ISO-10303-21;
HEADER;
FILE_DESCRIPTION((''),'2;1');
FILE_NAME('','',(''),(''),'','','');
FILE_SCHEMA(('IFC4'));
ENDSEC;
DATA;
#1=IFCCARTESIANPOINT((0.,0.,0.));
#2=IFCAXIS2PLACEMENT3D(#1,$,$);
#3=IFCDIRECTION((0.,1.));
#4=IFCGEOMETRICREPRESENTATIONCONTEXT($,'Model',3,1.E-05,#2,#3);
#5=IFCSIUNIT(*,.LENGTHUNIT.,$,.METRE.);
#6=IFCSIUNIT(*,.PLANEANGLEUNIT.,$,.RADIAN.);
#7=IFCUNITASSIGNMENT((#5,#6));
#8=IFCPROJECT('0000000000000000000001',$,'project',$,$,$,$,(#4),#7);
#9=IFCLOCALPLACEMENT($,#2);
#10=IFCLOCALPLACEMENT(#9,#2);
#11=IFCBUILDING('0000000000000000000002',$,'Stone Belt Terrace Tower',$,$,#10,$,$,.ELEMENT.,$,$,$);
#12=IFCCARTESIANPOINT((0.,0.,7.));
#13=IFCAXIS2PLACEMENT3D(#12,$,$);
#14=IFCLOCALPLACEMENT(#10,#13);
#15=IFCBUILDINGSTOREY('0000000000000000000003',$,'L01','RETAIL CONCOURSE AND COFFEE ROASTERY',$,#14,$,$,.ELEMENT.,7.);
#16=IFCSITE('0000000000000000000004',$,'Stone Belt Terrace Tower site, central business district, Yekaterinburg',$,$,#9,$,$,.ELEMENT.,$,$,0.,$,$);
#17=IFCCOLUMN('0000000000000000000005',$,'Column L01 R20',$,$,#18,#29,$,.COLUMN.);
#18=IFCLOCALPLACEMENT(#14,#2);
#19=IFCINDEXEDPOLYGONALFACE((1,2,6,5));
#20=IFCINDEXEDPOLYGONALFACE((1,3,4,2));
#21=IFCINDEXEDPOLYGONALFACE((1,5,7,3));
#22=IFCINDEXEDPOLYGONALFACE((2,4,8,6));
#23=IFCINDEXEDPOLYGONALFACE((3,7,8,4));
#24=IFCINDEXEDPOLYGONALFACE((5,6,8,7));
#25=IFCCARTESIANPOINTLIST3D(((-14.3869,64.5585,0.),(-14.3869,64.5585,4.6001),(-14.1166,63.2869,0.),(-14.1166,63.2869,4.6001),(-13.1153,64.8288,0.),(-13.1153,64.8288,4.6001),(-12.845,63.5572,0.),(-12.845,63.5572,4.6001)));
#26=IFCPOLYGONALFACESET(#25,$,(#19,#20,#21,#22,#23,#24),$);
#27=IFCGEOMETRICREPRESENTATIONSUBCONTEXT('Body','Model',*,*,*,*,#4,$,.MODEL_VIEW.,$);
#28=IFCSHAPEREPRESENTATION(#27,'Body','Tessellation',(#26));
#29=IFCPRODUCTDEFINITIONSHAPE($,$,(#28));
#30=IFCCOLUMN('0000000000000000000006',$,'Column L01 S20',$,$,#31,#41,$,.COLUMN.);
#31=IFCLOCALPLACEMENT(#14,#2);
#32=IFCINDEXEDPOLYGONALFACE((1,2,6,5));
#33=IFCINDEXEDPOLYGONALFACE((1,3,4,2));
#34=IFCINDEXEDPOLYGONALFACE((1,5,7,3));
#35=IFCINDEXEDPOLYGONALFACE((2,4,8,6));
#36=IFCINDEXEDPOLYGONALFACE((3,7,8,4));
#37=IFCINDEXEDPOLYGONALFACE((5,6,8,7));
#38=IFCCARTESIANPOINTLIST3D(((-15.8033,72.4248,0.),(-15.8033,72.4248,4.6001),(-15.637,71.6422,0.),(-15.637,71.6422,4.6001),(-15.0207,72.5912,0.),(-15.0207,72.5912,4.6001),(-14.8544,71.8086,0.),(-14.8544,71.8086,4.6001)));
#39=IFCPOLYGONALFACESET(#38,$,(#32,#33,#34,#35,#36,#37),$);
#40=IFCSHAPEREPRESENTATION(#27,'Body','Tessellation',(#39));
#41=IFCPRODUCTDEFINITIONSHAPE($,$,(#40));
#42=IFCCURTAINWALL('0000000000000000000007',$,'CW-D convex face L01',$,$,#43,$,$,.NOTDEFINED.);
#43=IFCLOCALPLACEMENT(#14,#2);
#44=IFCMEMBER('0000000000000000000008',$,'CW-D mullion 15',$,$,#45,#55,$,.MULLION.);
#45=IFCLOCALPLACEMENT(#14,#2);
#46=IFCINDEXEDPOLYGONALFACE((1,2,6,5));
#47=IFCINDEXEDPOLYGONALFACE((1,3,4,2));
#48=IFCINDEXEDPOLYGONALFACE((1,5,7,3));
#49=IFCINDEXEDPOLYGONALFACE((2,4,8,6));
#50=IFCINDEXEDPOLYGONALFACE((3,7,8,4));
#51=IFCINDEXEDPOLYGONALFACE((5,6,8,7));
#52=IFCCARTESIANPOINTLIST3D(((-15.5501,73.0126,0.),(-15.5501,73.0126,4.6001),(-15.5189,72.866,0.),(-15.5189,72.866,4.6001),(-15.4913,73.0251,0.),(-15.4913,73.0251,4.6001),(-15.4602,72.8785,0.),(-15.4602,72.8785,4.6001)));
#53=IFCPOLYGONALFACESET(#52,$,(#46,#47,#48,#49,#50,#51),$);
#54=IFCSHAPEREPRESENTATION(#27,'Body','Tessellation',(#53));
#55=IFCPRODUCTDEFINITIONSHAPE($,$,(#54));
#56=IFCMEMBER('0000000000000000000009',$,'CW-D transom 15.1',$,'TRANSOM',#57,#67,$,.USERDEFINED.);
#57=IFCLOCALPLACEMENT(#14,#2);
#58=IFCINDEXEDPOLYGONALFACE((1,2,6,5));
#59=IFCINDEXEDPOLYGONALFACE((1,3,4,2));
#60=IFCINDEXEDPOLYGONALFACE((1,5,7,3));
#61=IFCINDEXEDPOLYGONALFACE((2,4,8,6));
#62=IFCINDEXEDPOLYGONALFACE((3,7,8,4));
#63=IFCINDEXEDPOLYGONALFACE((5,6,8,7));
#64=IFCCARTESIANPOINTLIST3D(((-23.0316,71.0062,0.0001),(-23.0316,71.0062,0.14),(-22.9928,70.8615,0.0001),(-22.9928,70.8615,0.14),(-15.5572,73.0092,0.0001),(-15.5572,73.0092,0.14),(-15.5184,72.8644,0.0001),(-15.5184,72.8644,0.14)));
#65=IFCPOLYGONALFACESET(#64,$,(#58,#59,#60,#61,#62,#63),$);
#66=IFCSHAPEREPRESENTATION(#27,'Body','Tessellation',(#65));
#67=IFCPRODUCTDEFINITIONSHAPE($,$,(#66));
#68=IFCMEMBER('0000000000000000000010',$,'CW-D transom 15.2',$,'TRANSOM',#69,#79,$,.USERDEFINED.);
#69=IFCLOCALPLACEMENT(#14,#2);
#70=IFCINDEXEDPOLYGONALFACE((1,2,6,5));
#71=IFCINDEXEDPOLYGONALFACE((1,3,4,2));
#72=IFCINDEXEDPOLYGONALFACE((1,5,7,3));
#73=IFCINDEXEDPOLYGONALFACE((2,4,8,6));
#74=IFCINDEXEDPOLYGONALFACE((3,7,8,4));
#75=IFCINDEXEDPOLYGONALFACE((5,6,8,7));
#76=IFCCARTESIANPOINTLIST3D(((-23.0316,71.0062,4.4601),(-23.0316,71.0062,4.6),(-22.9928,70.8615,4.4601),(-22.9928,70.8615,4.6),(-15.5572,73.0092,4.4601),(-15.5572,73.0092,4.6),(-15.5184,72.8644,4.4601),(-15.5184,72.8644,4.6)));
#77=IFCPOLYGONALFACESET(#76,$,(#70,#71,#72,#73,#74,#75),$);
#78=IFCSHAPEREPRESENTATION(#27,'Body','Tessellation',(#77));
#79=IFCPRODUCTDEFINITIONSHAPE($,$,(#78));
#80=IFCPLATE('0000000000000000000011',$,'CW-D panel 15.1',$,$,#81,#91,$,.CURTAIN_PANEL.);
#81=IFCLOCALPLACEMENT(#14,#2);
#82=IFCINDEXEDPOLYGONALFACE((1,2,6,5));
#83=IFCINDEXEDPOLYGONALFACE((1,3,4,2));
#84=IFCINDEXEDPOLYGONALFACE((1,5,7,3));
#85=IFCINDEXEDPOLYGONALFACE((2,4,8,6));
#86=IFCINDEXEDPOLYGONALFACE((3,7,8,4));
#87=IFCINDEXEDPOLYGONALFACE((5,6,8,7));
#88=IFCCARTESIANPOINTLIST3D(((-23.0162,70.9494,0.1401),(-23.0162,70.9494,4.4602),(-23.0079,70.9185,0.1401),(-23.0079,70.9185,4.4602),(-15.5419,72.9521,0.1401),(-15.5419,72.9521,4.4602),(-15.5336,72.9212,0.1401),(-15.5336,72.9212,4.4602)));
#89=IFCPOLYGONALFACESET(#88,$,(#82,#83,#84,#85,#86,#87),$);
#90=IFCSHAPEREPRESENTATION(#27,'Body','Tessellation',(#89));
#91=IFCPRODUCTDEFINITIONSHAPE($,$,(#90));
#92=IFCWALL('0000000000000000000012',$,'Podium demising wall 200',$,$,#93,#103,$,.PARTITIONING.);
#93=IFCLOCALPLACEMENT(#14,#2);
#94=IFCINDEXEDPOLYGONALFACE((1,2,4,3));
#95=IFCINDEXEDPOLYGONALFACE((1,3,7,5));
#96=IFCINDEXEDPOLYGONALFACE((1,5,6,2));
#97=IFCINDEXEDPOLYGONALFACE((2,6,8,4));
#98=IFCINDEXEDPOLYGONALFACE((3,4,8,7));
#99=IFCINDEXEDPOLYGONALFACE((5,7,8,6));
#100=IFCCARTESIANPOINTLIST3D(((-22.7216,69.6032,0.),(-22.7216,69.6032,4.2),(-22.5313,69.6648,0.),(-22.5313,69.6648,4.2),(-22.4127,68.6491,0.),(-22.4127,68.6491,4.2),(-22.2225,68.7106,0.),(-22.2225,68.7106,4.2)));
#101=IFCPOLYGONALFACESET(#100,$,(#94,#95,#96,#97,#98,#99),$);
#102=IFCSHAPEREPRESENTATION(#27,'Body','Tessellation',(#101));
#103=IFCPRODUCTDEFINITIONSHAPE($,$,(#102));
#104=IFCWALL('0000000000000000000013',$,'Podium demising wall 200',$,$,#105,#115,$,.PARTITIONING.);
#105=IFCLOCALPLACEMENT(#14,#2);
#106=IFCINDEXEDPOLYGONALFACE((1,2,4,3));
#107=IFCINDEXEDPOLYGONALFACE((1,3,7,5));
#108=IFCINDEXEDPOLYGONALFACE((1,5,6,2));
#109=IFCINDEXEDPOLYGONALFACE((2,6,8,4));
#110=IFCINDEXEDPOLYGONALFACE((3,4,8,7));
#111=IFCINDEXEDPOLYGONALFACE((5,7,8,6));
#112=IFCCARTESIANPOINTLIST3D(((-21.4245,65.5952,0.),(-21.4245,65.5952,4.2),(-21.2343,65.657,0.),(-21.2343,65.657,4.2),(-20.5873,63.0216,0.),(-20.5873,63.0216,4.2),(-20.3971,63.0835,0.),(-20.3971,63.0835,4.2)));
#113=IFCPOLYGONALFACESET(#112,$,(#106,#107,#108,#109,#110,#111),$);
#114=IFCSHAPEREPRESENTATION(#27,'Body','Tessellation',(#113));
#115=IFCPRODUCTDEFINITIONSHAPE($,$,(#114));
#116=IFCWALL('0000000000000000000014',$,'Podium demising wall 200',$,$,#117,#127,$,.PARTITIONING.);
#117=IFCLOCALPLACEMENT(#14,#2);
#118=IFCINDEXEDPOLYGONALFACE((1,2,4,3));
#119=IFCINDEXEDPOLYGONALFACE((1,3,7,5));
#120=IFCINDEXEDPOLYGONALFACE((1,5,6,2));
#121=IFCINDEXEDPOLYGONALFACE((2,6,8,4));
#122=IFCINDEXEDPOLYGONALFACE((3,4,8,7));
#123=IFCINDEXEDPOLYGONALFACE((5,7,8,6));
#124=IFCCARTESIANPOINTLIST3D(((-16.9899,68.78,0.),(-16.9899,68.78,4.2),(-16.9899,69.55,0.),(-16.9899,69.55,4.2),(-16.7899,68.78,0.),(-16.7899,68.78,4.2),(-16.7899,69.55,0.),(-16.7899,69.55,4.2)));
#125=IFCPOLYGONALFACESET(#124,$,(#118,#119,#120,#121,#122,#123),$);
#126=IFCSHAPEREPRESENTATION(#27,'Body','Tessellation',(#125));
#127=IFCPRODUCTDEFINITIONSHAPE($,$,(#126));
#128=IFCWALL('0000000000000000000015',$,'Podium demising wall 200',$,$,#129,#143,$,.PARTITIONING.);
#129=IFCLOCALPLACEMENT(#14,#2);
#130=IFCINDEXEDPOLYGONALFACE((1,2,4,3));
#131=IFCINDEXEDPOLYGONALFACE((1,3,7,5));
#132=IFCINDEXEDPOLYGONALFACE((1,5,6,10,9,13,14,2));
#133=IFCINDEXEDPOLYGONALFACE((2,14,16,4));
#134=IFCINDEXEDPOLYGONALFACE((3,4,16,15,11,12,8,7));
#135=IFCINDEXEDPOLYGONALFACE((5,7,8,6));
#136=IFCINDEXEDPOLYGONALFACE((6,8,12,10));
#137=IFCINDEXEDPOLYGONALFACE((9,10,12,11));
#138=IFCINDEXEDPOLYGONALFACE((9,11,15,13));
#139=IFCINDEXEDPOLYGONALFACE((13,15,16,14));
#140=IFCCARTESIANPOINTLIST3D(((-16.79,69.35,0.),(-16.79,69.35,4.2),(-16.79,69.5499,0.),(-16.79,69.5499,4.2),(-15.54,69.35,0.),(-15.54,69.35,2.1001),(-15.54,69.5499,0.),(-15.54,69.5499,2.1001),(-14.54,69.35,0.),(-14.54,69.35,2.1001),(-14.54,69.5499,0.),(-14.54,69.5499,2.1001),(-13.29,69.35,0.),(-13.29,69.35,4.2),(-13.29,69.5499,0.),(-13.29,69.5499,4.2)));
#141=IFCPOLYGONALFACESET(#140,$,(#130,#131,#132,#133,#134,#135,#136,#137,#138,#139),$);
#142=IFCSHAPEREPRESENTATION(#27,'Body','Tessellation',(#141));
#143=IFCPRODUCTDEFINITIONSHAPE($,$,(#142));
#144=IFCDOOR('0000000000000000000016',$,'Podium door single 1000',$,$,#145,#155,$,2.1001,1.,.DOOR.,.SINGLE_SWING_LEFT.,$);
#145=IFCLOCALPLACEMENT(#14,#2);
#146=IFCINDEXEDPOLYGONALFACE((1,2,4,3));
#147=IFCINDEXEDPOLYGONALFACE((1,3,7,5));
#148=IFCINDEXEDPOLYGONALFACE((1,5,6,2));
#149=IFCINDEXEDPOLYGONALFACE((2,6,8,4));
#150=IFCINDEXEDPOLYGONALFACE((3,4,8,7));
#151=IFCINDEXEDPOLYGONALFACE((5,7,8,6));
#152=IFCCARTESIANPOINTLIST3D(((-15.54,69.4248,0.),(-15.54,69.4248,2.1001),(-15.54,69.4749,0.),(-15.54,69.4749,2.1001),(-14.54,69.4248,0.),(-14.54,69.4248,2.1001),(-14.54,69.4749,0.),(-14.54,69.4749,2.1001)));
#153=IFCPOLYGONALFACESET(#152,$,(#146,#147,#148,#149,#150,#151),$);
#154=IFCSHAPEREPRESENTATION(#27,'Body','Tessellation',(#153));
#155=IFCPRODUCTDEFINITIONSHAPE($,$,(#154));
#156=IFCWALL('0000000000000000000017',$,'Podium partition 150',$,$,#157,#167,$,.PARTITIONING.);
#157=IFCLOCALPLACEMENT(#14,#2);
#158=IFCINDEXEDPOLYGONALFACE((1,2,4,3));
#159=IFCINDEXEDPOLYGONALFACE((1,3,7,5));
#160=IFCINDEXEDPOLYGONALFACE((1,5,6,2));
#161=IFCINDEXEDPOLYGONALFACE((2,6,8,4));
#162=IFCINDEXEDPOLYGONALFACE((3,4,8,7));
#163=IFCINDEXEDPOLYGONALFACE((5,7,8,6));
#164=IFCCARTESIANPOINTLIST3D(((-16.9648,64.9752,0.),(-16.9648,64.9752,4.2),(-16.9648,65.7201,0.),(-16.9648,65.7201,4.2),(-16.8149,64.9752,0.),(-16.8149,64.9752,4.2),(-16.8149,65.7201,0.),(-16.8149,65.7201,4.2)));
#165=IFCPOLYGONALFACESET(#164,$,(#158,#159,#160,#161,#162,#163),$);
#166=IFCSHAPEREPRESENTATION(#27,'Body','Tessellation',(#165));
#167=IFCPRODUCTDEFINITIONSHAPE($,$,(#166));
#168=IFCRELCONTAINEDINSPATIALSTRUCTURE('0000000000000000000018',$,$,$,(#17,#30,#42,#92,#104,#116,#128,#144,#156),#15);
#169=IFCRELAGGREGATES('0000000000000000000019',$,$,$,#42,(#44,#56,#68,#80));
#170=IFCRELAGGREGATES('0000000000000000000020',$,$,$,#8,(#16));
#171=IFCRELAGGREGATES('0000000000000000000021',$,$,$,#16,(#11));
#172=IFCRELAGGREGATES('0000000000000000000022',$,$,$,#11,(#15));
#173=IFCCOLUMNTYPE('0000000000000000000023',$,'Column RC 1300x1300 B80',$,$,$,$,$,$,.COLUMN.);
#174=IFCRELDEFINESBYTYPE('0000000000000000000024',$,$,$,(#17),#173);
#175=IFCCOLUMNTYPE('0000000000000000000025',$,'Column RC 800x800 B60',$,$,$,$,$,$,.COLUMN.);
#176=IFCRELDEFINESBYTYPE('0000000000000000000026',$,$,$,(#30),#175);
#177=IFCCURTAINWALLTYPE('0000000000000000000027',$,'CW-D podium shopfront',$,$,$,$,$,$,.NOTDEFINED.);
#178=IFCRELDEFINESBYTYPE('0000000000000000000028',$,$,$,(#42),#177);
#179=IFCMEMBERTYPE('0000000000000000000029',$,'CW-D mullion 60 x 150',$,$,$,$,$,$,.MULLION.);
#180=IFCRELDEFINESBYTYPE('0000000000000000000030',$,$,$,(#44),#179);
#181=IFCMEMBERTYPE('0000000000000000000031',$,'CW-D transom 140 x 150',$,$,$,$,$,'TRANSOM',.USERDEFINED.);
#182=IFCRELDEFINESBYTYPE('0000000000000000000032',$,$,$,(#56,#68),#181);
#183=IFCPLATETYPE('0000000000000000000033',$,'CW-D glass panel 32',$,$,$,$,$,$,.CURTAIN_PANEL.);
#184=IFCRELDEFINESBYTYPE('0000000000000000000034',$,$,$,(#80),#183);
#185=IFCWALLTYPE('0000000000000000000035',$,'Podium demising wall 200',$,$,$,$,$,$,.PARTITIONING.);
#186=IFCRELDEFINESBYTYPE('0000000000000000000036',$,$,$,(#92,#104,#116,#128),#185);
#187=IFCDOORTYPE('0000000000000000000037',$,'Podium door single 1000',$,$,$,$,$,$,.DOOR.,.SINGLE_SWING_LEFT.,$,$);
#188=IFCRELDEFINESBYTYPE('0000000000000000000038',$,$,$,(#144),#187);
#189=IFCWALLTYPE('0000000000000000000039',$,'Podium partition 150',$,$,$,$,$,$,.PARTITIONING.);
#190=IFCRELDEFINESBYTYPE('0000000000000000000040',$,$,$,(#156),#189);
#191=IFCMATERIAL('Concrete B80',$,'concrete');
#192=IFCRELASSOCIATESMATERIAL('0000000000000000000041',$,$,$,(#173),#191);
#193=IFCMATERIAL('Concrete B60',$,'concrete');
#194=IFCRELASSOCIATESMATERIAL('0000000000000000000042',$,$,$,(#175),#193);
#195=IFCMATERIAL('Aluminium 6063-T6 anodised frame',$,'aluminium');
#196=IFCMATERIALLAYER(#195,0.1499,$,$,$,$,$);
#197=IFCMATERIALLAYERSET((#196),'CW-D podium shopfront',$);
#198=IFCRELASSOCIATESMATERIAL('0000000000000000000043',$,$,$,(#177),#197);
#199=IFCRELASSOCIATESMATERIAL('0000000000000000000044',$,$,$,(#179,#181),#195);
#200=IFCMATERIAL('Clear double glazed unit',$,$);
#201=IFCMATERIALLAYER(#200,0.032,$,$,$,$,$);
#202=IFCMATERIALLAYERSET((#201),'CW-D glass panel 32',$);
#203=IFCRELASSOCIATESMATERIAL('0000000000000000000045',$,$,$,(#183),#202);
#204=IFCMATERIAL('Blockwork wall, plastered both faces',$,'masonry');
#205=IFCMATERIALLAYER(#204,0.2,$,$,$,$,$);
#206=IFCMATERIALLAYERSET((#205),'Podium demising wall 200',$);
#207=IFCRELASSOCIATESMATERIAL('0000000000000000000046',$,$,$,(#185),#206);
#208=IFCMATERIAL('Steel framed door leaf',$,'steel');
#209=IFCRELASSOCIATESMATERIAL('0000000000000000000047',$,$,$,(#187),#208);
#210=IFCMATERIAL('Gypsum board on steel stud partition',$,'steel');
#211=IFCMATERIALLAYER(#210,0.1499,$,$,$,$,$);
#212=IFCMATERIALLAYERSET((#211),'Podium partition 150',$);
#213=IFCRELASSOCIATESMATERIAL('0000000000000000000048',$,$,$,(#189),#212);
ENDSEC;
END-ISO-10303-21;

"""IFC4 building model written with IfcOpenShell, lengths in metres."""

from ifc_helpers import new_model, si_unit, direction, frame, frame_2d, origin, origin_2d, place, context, subcontext, project, spatial, rectangle, extrude, material, layer, layer_set, material_profile, profile_set, type_object, element, fill, aggregate, save


model = new_model("IFC4")

# Units and contexts
model_context = context("Model", 3, precision=1e-05, world=origin(), true_north=direction((0.0, 1.0)))
body_context = subcontext(model_context, "Body", "Model", "MODEL_VIEW")
ifc_project = project(units=[si_unit("LENGTHUNIT", "METRE"), si_unit("PLANEANGLEUNIT", "RADIAN")], contexts=[model_context])

# Site, building, storey
site_placement = place(None, origin())
site = spatial("IfcSite", under=ifc_project, at=site_placement, Name="Stone Belt Terrace Tower site, central business district, Yekaterinburg", CompositionType="ELEMENT", RefElevation=0.0)
building_placement = place(site_placement, origin())
building = spatial("IfcBuilding", under=site, at=building_placement, Name="Stone Belt Terrace Tower", CompositionType="ELEMENT")
storey_placement = place(building_placement, frame((0.0, 0.0, 7.0)))
storey = spatial("IfcBuildingStorey", under=building, at=storey_placement, Name="L01", Description="RETAIL CONCOURSE AND COFFEE ROASTERY", CompositionType="ELEMENT", Elevation=7.0)

# Columns
ifc_material_1 = material(Name="Concrete B80", Category="concrete")
ifc_material_profile_1 = material_profile(ifc_material_1, rectangle(XDim=1.3, YDim=1.3, at=origin_2d()), Name="RC 1300x1300")
ifc_profile_set_1 = profile_set([ifc_material_profile_1], Name="Concrete B80")
column_type_1 = type_object("IfcColumnType", Name="Column RC 1300x1300 B80", PredefinedType="COLUMN", material=ifc_profile_set_1)
column_1_placement = place(storey_placement, frame((-13.616, 64.0579, 0.0), z_axis=(0.0, 0.0, 1.0), x_axis=(0.978148, 0.207912, 0.0)))
element("IfcColumn", 1, at=column_1_placement, inside=storey, type_object=column_type_1, Name="Column L01 R20", PredefinedType="COLUMN", context=body_context, shape_type="SweptSolid", body=[
    extrude(rectangle(XDim=1.3, YDim=1.3, at=origin_2d()), origin(), (0.0, 0.0, 1.0), 4.6001),
])
ifc_material_2 = material(Name="Concrete B60", Category="concrete")
ifc_material_profile_2 = material_profile(ifc_material_2, rectangle(XDim=0.8, YDim=0.8, at=origin_2d()), Name="RC 800x800")
ifc_profile_set_2 = profile_set([ifc_material_profile_2], Name="Concrete B60")
column_type_2 = type_object("IfcColumnType", Name="Column RC 800x800 B60", PredefinedType="COLUMN", material=ifc_profile_set_2)
column_2_placement = place(storey_placement, frame((-15.3289, 72.1167, 0.0), z_axis=(0.0, 0.0, 1.0), x_axis=(0.978148, 0.207912, 0.0)))
element("IfcColumn", 2, at=column_2_placement, inside=storey, type_object=column_type_2, Name="Column L01 S20", PredefinedType="COLUMN", context=body_context, shape_type="SweptSolid", body=[
    extrude(rectangle(XDim=0.8, YDim=0.8, at=origin_2d()), origin(), (0.0, 0.0, 1.0), 4.6001),
])

# Curtain wall, members, plate
ifc_material_3 = material(Name="Aluminium 6063-T6 anodised frame", Category="aluminium")
ifc_layer_1 = layer(ifc_material_3, 0.1499)
ifc_layer_set_1 = layer_set([ifc_layer_1], Name="CW-D podium shopfront")
curtain_wall_type = type_object("IfcCurtainWallType", Name="CW-D podium shopfront", PredefinedType="NOTDEFINED", material=ifc_layer_set_1)
curtain_wall_placement = place(storey_placement, origin())
curtain_wall = element("IfcCurtainWall", 3, at=curtain_wall_placement, inside=storey, type_object=curtain_wall_type, Name="CW-D convex face L01", PredefinedType="NOTDEFINED")
ifc_material_profile_3 = material_profile(ifc_material_3, rectangle(XDim=0.1499, YDim=0.0601, at=origin_2d()), Name="Aluminium 6063-T6 60x150")
ifc_profile_set_3 = profile_set([ifc_material_profile_3], Name="Aluminium 6063-T6 anodised frame")
member_type_1 = type_object("IfcMemberType", Name="CW-D mullion 60 x 150", PredefinedType="MULLION", material=ifc_profile_set_3)
member_1_placement = place(storey_placement, frame((-15.5051, 72.9456, 0.0), z_axis=(0.0, 0.0, 1.0), x_axis=(0.207912, -0.978148, 0.0)))
member_1 = element("IfcMember", 4, at=member_1_placement, type_object=member_type_1, Name="CW-D mullion 15", PredefinedType="MULLION", context=body_context, shape_type="SweptSolid", body=[
    extrude(rectangle(XDim=0.1499, YDim=0.0601, at=origin_2d()), origin(), (0.0, 0.0, 1.0), 4.6001),
])
ifc_material_profile_4 = material_profile(ifc_material_3, rectangle(XDim=0.1499, YDim=0.1399, at=origin_2d()), Name="Aluminium 6063-T6 150x140")
ifc_profile_set_4 = profile_set([ifc_material_profile_4], Name="Aluminium 6063-T6 anodised frame")
member_type_2 = type_object("IfcMemberType", Name="CW-D transom 140 x 150", ElementType="TRANSOM", PredefinedType="USERDEFINED", material=ifc_profile_set_4)
member_2_placement = place(storey_placement, frame((-15.5378, 72.9368, 0.0701), z_axis=(-0.96592, -0.258841, 0.0), x_axis=(0.258841, -0.96592, 0.0)))
member_2 = element("IfcMember", 5, at=member_2_placement, type_object=member_type_2, Name="CW-D transom 15.1", ObjectType="TRANSOM", PredefinedType="USERDEFINED", context=body_context, shape_type="SweptSolid", body=[
    extrude(rectangle(XDim=0.1499, YDim=0.1399, at=origin_2d()), origin(), (0.0, 0.0, 1.0), 7.738),
])
member_3_placement = place(storey_placement, frame((-15.5378, 72.9368, 4.53), z_axis=(-0.96592, -0.258841, 0.0), x_axis=(0.258841, -0.96592, 0.0)))
member_3 = element("IfcMember", 6, at=member_3_placement, type_object=member_type_2, Name="CW-D transom 15.2", ObjectType="TRANSOM", PredefinedType="USERDEFINED", context=body_context, shape_type="SweptSolid", body=[
    extrude(rectangle(XDim=0.1499, YDim=0.1399, at=origin_2d()), origin(), (0.0, 0.0, 1.0), 7.738),
])
ifc_material_4 = material(Name="Clear double glazed unit")
ifc_layer_2 = layer(ifc_material_4, 0.032)
ifc_layer_set_2 = layer_set([ifc_layer_2], Name="CW-D glass panel 32")
plate_type = type_object("IfcPlateType", Name="CW-D glass panel 32", PredefinedType="CURTAIN_PANEL", material=ifc_layer_set_2)
plate_placement = place(storey_placement, frame((-19.2749, 71.9353, 0.1401), z_axis=(0.0, 0.0, 1.0), x_axis=(-0.965926, -0.258819, 0.0)))
plate = element("IfcPlate", 7, at=plate_placement, type_object=plate_type, Name="CW-D panel 15.1", PredefinedType="CURTAIN_PANEL", context=body_context, shape_type="SweptSolid", body=[
    extrude(rectangle(XDim=7.738, YDim=0.032, at=origin_2d()), origin(), (0.0, 0.0, 1.0), 4.3201),
])
aggregate(curtain_wall, [member_1, member_2, member_3, plate])

# Walls
ifc_material_5 = material(Name="Blockwork wall, plastered both faces", Category="masonry")
ifc_layer_3 = layer(ifc_material_5, 0.2)
ifc_layer_set_3 = layer_set([ifc_layer_3], Name="Podium demising wall 200")
wall_type_1 = type_object("IfcWallType", Name="Podium demising wall 200", PredefinedType="PARTITIONING", material=ifc_layer_set_3)
wall_1_placement = place(storey_placement, frame((-22.6265, 69.634, 0.0), z_axis=(0.0, 0.0, 1.0), x_axis=(0.307963, -0.951398, 0.0)))
element("IfcWall", 8, at=wall_1_placement, inside=storey, type_object=wall_type_1, Name="Podium demising wall 200", PredefinedType="PARTITIONING", context=body_context, shape_type="SweptSolid", body=[
    extrude(rectangle(XDim=1.0029, YDim=0.2, at=frame_2d((0.5015, 0.0))), origin(), (0.0, 0.0, 1.0), 4.2),
])
wall_2_placement = place(storey_placement, frame((-21.3293, 65.626, 0.0), z_axis=(0.0, 0.0, 1.0), x_axis=(0.309345, -0.95095, 0.0)))
element("IfcWall", 9, at=wall_2_placement, inside=storey, type_object=wall_type_1, Name="Podium demising wall 200", PredefinedType="PARTITIONING", context=body_context, shape_type="SweptSolid", body=[
    extrude(rectangle(XDim=2.7063, YDim=0.2, at=frame_2d((1.353, 0.0))), origin(), (0.0, 0.0, 1.0), 4.2),
])
wall_3_placement = place(storey_placement, frame((-16.8899, 68.78, 0.0), z_axis=(0.0, 0.0, 1.0), x_axis=(0.0, 1.0, 0.0)))
element("IfcWall", 10, at=wall_3_placement, inside=storey, type_object=wall_type_1, Name="Podium demising wall 200", PredefinedType="PARTITIONING", context=body_context, shape_type="SweptSolid", body=[
    extrude(rectangle(XDim=0.77, YDim=0.2, at=frame_2d((0.385, 0.0))), origin(), (0.0, 0.0, 1.0), 4.2),
])

# Wall, opening, door
wall_4_placement = place(storey_placement, frame((-16.79, 69.45, 0.0), z_axis=(0.0, 0.0, 1.0), x_axis=(1.0, 0.0, 0.0)))
wall_4 = element("IfcWall", 11, at=wall_4_placement, inside=storey, type_object=wall_type_1, Name="Podium demising wall 200", PredefinedType="PARTITIONING", context=body_context, shape_type="SweptSolid", body=[
    extrude(rectangle(XDim=3.5, YDim=0.2, at=frame_2d((1.75, 0.0))), origin(), (0.0, 0.0, 1.0), 4.2),
])
opening_1_placement = place(wall_4_placement, frame((1.25, 0.0, 0.0)))
opening_1 = element("IfcOpeningElement", 12, at=opening_1_placement, cuts=wall_4, PredefinedType="OPENING", context=body_context, shape_type="SweptSolid", body=[
    extrude(rectangle(XDim=1.0, YDim=2.1001, at=frame_2d((0.5, 1.05))), frame((0.0, 0.1099, 0.0), z_axis=(0.0, -1.0, 0.0), x_axis=(1.0, 0.0, 0.0)), (0.0, 0.0, 1.0), 0.22),
])
ifc_material_6 = material(Name="Steel framed door leaf", Category="steel")
door_type_1 = type_object("IfcDoorType", Name="Podium door single 1000", OperationType="SINGLE_SWING_LEFT", PredefinedType="DOOR", material=ifc_material_6)
door_1_placement = place(opening_1_placement, origin())
door_1 = element("IfcDoor", 13, at=door_1_placement, inside=storey, type_object=door_type_1, Name="Podium door single 1000", OperationType="SINGLE_SWING_LEFT", OverallHeight=2.1001, OverallWidth=1.0, PredefinedType="DOOR", context=body_context, shape_type="SweptSolid", body=[
    extrude(rectangle(XDim=1.0, YDim=2.1001, at=frame_2d((0.5, 1.05))), frame((0.0, 0.0249, 0.0), z_axis=(0.0, -1.0, 0.0), x_axis=(1.0, 0.0, 0.0)), (0.0, 0.0, 1.0), 0.05),
])
fill(opening_1, door_1)

# Wall
ifc_material_7 = material(Name="Gypsum board on steel stud partition", Category="steel")
ifc_layer_4 = layer(ifc_material_7, 0.1499)
ifc_layer_set_4 = layer_set([ifc_layer_4], Name="Podium partition 150")
wall_type_2 = type_object("IfcWallType", Name="Podium partition 150", PredefinedType="PARTITIONING", material=ifc_layer_set_4)
wall_5_placement = place(storey_placement, frame((-16.8899, 64.9751, 0.0), z_axis=(0.0, 0.0, 1.0), x_axis=(0.0, 1.0, 0.0)))
element("IfcWall", 14, at=wall_5_placement, inside=storey, type_object=wall_type_2, Name="Podium partition 150", PredefinedType="PARTITIONING", context=body_context, shape_type="SweptSolid", body=[
    extrude(rectangle(XDim=0.7449, YDim=0.1499, at=frame_2d((0.3726, 0.0))), origin(), (0.0, 0.0, 1.0), 4.2),
])

save(model, "model.ifc")
